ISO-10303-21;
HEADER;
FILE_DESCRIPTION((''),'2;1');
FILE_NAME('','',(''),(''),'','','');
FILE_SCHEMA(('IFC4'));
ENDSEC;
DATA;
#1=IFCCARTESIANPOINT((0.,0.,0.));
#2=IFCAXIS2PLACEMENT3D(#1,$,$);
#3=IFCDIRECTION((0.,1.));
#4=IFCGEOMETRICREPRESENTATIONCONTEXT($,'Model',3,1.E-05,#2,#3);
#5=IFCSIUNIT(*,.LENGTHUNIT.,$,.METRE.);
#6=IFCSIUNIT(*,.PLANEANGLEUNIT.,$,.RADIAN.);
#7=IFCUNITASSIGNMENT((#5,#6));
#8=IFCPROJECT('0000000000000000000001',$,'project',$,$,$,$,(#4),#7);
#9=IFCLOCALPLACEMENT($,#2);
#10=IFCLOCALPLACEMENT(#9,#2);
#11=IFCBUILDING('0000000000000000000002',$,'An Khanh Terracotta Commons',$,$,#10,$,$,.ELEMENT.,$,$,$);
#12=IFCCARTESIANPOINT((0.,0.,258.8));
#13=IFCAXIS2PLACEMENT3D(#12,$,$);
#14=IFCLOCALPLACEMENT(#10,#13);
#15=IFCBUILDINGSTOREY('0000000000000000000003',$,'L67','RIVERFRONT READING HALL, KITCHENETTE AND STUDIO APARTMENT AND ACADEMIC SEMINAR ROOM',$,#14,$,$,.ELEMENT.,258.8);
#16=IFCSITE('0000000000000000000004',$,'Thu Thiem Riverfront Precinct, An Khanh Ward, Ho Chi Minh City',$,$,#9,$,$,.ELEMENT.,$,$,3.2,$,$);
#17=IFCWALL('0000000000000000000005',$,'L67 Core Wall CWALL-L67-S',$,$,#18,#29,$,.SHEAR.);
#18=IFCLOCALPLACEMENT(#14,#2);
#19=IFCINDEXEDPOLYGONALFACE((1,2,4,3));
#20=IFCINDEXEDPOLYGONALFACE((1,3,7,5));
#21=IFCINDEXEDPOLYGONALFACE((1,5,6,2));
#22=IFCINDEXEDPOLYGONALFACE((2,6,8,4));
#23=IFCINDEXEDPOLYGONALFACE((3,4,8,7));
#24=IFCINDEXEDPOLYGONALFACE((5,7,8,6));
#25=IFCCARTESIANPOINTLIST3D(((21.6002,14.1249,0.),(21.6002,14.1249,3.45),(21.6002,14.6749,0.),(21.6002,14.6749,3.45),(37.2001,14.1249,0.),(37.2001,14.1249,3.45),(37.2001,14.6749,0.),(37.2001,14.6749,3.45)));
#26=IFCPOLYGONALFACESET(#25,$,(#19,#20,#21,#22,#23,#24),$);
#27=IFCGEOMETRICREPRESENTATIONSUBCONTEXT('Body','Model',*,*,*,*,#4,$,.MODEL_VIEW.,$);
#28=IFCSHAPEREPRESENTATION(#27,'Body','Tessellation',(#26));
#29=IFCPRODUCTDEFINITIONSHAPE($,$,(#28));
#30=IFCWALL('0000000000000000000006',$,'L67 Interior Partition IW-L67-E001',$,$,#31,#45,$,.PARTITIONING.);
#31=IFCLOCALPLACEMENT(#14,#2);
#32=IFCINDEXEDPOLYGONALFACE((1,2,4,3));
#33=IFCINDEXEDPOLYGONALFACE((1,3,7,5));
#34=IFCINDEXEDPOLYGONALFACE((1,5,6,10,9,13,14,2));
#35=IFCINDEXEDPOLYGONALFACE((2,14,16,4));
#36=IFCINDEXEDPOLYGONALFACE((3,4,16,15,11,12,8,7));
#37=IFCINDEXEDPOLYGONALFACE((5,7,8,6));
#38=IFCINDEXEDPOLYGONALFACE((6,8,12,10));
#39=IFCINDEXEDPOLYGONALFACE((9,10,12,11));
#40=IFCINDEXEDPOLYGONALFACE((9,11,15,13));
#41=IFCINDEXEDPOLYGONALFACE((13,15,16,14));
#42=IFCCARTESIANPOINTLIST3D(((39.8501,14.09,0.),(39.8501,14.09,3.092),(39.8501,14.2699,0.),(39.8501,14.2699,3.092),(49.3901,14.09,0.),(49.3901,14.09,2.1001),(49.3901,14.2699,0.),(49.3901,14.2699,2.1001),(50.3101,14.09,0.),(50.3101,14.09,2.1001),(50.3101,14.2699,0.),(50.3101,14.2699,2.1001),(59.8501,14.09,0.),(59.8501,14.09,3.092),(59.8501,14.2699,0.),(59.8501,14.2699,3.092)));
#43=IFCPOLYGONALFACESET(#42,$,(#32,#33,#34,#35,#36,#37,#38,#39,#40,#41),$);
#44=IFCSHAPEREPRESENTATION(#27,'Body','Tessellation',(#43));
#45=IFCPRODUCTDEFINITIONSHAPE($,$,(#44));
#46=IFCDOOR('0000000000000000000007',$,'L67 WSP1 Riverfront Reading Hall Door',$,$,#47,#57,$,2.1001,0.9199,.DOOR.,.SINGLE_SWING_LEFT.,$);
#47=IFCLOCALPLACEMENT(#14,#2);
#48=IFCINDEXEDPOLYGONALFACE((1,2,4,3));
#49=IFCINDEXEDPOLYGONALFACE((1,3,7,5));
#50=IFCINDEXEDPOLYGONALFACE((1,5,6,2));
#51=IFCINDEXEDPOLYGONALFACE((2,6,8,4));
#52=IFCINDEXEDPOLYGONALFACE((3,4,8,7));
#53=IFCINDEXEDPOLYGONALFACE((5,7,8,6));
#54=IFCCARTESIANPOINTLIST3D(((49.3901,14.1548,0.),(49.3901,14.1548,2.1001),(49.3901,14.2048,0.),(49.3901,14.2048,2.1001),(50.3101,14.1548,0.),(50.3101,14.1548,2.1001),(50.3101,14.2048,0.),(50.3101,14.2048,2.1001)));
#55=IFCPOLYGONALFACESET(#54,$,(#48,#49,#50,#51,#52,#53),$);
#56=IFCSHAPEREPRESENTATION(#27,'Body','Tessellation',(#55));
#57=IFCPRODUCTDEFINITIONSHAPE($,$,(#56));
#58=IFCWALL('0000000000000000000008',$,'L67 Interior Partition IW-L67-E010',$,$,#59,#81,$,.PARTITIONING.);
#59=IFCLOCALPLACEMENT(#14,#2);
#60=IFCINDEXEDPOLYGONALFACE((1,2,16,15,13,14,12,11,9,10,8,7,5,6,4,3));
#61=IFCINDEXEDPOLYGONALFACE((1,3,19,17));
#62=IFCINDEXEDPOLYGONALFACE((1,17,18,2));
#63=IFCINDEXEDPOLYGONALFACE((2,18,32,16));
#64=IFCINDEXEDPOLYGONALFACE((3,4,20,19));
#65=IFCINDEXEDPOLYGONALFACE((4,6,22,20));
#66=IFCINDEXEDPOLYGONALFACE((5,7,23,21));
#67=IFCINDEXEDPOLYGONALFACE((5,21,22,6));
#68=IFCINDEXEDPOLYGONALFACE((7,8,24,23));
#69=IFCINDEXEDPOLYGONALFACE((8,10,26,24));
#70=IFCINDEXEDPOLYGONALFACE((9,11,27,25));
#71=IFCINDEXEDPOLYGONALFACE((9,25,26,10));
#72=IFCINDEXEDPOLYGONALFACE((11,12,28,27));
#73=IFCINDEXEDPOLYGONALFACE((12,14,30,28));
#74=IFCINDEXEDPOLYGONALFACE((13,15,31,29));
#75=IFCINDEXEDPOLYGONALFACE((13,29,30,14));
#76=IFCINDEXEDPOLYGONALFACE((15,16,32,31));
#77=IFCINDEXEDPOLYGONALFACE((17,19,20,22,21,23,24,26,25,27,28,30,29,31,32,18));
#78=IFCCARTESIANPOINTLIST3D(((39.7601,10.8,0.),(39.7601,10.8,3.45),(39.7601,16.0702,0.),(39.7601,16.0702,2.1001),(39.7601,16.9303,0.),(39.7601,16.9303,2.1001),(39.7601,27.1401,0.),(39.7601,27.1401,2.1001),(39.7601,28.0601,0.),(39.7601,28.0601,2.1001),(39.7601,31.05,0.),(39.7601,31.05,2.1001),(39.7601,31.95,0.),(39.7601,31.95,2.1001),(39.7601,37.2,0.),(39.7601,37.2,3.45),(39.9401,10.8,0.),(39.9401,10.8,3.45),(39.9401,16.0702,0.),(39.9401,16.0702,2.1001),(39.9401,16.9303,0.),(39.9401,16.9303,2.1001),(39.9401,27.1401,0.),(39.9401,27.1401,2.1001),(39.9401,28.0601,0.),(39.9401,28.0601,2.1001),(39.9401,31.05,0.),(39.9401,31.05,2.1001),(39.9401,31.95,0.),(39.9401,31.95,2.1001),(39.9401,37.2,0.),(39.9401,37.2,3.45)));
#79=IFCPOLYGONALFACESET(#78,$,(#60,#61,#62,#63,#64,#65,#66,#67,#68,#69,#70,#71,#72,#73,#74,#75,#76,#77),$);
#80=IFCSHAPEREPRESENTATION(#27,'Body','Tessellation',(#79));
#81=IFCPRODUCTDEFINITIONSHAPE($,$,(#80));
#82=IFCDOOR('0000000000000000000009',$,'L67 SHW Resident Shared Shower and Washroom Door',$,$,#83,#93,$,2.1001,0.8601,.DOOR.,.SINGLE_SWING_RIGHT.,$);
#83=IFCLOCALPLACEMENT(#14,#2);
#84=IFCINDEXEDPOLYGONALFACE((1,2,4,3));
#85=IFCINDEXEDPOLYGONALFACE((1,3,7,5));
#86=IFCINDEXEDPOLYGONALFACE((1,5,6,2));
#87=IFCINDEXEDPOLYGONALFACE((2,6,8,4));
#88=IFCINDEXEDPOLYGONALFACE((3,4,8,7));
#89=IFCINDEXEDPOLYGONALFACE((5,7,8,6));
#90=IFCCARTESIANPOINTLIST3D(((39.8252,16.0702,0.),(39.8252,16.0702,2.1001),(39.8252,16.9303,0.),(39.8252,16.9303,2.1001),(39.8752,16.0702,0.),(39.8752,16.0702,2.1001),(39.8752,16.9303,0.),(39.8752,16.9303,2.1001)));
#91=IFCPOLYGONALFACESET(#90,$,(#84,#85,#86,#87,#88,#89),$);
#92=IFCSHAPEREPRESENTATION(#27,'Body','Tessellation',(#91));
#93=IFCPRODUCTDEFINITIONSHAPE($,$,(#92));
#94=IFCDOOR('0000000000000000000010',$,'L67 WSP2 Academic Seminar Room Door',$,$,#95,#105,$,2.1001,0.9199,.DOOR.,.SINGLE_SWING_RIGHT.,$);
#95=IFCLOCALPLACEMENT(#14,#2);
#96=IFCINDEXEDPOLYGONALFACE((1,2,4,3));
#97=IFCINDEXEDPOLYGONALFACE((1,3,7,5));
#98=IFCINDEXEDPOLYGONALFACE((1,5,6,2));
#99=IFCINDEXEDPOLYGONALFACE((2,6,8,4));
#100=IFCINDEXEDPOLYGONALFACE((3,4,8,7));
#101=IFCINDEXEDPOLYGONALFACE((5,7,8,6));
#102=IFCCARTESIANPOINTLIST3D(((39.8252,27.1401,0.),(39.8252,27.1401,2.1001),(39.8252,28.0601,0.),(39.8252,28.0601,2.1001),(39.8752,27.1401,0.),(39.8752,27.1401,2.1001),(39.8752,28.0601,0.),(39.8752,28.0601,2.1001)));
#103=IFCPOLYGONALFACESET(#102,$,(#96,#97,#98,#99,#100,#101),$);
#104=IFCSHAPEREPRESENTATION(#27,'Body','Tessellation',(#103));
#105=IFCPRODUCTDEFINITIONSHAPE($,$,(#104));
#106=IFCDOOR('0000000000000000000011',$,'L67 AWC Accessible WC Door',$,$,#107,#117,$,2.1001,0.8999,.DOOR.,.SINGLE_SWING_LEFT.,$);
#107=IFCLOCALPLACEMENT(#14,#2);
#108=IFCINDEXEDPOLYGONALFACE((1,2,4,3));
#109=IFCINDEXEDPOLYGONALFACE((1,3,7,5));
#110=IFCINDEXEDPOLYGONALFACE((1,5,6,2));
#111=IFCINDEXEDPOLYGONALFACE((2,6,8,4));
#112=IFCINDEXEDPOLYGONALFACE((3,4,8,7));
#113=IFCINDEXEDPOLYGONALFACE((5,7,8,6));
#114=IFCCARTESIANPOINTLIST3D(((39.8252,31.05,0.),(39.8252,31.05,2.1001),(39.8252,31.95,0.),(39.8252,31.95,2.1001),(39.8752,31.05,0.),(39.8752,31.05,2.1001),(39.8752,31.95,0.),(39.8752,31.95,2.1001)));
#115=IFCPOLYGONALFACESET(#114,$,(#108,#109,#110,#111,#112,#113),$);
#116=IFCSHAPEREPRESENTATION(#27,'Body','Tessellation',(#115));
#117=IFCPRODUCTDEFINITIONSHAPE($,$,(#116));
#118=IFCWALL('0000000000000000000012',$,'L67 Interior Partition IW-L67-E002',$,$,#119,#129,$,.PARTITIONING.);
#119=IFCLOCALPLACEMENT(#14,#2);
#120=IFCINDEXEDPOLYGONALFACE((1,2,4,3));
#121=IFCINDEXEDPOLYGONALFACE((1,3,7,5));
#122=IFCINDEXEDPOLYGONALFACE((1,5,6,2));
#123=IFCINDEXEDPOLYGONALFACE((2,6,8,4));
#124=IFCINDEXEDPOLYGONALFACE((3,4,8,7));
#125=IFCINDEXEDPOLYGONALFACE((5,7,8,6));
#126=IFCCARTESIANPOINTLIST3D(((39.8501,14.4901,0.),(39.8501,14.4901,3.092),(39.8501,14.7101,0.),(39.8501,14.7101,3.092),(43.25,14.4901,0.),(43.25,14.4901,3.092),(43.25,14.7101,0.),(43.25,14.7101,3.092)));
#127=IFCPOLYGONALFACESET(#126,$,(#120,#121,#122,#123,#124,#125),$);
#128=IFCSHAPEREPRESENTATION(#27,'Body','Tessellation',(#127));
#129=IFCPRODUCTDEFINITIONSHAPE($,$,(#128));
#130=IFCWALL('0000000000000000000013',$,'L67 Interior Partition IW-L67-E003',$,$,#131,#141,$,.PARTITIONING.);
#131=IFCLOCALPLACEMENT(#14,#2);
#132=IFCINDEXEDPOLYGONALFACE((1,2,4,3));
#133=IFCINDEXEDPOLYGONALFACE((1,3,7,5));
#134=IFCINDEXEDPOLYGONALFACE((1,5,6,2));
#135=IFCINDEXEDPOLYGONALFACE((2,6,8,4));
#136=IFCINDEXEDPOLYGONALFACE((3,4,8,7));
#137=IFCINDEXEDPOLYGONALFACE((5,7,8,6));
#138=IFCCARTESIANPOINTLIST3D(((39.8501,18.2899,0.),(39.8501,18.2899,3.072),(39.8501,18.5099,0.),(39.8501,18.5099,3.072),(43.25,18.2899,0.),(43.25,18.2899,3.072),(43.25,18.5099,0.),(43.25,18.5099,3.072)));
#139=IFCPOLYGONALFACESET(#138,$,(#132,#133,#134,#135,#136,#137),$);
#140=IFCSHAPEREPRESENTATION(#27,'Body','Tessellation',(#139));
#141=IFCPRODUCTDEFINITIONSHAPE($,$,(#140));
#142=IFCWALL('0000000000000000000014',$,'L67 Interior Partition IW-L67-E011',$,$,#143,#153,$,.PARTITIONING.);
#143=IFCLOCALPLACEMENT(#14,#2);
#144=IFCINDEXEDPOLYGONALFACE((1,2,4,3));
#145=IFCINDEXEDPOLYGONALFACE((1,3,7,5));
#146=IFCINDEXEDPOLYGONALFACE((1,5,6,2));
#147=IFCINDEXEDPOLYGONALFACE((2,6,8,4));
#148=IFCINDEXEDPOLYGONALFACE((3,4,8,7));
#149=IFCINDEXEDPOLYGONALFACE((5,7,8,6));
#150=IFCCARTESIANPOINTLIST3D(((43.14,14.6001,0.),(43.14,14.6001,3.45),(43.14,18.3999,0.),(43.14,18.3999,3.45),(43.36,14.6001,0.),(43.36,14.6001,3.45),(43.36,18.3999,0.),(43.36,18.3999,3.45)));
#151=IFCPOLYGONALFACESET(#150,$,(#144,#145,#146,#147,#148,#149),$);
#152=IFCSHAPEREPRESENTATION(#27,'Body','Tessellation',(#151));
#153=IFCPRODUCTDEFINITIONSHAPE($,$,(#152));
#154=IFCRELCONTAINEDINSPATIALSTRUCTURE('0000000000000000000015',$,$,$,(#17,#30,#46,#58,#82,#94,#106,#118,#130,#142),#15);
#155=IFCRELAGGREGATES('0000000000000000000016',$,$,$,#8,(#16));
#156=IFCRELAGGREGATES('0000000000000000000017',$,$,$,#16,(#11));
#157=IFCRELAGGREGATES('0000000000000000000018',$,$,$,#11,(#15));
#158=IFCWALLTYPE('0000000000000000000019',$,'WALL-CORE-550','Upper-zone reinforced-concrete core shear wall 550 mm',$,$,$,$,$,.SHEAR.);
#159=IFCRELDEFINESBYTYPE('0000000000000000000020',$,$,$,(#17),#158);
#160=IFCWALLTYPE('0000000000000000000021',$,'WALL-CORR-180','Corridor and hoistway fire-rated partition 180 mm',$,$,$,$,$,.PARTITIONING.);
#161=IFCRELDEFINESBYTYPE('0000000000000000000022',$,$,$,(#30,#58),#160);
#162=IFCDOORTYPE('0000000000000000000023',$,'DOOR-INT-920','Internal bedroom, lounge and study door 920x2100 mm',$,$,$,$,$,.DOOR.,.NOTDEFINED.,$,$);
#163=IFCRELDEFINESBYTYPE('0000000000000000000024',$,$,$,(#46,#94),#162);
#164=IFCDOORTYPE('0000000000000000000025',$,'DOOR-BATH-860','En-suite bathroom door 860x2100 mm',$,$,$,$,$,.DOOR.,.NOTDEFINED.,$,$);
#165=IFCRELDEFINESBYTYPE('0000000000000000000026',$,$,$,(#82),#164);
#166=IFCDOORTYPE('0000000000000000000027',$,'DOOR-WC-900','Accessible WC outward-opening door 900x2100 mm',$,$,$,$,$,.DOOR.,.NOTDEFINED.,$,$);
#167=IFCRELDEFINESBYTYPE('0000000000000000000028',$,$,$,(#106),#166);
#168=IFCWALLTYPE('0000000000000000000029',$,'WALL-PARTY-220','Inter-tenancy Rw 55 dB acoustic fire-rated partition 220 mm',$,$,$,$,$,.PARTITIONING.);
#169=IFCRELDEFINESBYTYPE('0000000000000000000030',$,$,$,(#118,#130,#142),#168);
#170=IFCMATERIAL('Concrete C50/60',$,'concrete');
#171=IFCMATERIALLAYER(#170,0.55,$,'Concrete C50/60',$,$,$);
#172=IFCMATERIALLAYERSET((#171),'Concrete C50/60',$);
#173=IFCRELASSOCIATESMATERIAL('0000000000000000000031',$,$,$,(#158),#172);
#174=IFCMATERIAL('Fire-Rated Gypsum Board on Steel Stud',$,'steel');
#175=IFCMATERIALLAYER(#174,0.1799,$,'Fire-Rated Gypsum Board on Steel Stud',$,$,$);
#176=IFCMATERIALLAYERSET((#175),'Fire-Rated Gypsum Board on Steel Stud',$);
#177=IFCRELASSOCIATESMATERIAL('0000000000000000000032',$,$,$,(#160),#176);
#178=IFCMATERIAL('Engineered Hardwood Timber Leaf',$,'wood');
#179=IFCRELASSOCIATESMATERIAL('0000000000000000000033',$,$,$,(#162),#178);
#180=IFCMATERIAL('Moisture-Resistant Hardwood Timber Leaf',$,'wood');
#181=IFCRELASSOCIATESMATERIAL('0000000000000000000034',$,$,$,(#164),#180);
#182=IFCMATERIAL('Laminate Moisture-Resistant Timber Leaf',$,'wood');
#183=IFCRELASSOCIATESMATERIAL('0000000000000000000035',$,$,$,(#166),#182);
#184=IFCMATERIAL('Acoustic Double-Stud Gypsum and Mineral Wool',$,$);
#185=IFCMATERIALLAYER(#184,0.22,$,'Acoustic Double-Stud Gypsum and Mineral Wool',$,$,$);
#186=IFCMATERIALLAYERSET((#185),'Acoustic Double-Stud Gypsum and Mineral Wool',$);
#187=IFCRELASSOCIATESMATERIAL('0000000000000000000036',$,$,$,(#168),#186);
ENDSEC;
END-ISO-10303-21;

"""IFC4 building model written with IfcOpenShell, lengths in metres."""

from ifc_helpers import new_model, si_unit, direction, frame, frame_2d, origin, place, context, subcontext, project, spatial, rectangle, extrude, material, layer, layer_set, type_object, element, fill, save


model = new_model("IFC4")

# Units and contexts
model_context = context("Model", 3, precision=1e-05, world=origin(), true_north=direction((0.0, 1.0)))
body_context = subcontext(model_context, "Body", "Model", "MODEL_VIEW")
ifc_project = project(units=[si_unit("LENGTHUNIT", "METRE"), si_unit("PLANEANGLEUNIT", "RADIAN")], contexts=[model_context])

# Site, building, storey
site_placement = place(None, origin())
site = spatial("IfcSite", under=ifc_project, at=site_placement, Name="Thu Thiem Riverfront Precinct, An Khanh Ward, Ho Chi Minh City", CompositionType="ELEMENT", RefElevation=3.2)
building_placement = place(site_placement, origin())
building = spatial("IfcBuilding", under=site, at=building_placement, Name="An Khanh Terracotta Commons", CompositionType="ELEMENT")
storey_placement = place(building_placement, frame((0.0, 0.0, 258.8)))
storey = spatial("IfcBuildingStorey", under=building, at=storey_placement, Name="L67", Description="RIVERFRONT READING HALL, KITCHENETTE AND STUDIO APARTMENT AND ACADEMIC SEMINAR ROOM", CompositionType="ELEMENT", Elevation=258.8)

# Shared definitions
ifc_material_1 = material(Name="Concrete C50/60", Category="concrete")

# Wall
ifc_layer_1 = layer(ifc_material_1, 0.55, Name="Concrete C50/60")
ifc_layer_set_1 = layer_set([ifc_layer_1], Name="Concrete C50/60")
wall_type_1 = type_object("IfcWallType", Name="WALL-CORE-550", Description="Upper-zone reinforced-concrete core shear wall 550 mm", PredefinedType="SHEAR", material=ifc_layer_set_1)
wall_1_placement = place(storey_placement, frame((37.2, 14.3999, 0.0), z_axis=(0.0, 0.0, 1.0), x_axis=(-1.0, 0.0, 0.0)))
element("IfcWall", 1, at=wall_1_placement, inside=storey, type_object=wall_type_1, Name="L67 Core Wall CWALL-L67-S", PredefinedType="SHEAR", context=body_context, shape_type="SweptSolid", body=[
    extrude(rectangle(XDim=15.5999, YDim=0.55, at=frame_2d((7.7998, 0.0))), origin(), (0.0, 0.0, 1.0), 3.45),
])

# Wall, opening, door
ifc_material_2 = material(Name="Fire-Rated Gypsum Board on Steel Stud", Category="steel")
ifc_layer_2 = layer(ifc_material_2, 0.1799, Name="Fire-Rated Gypsum Board on Steel Stud")
ifc_layer_set_2 = layer_set([ifc_layer_2], Name="Fire-Rated Gypsum Board on Steel Stud")
wall_type_2 = type_object("IfcWallType", Name="WALL-CORR-180", Description="Corridor and hoistway fire-rated partition 180 mm", PredefinedType="PARTITIONING", material=ifc_layer_set_2)
wall_2_placement = place(storey_placement, frame((39.8501, 14.1799, 0.0), z_axis=(0.0, 0.0, 1.0), x_axis=(1.0, 0.0, 0.0)))
wall_2 = element("IfcWall", 2, at=wall_2_placement, inside=storey, type_object=wall_type_2, Name="L67 Interior Partition IW-L67-E001", PredefinedType="PARTITIONING", context=body_context, shape_type="SweptSolid", body=[
    extrude(rectangle(XDim=20.0, YDim=0.1799, at=frame_2d((10.0, 0.0))), origin(), (0.0, 0.0, 1.0), 3.092),
])
opening_1_placement = place(wall_2_placement, frame((9.54, 0.0, 0.0)))
opening_1 = element("IfcOpeningElement", 3, at=opening_1_placement, cuts=wall_2, PredefinedType="OPENING", context=body_context, shape_type="SweptSolid", body=[
    extrude(rectangle(XDim=0.9199, YDim=2.1001, at=frame_2d((0.46, 1.05))), frame((0.0, 0.0999, 0.0), z_axis=(0.0, -1.0, 0.0), x_axis=(1.0, 0.0, 0.0)), (0.0, 0.0, 1.0), 0.2),
])
ifc_material_3 = material(Name="Engineered Hardwood Timber Leaf", Category="wood")
door_type_1 = type_object("IfcDoorType", Name="DOOR-INT-920", Description="Internal bedroom, lounge and study door 920x2100 mm", OperationType="NOTDEFINED", PredefinedType="DOOR", material=ifc_material_3)
door_1_placement = place(opening_1_placement, origin())
door_1 = element("IfcDoor", 4, at=door_1_placement, inside=storey, type_object=door_type_1, Name="L67 WSP1 Riverfront Reading Hall Door", OperationType="SINGLE_SWING_LEFT", OverallHeight=2.1001, OverallWidth=0.9199, PredefinedType="DOOR", context=body_context, shape_type="SweptSolid", body=[
    extrude(rectangle(XDim=0.9199, YDim=2.1001, at=frame_2d((0.46, 1.05))), frame((0.0, 0.0249, 0.0), z_axis=(0.0, -1.0, 0.0), x_axis=(1.0, 0.0, 0.0)), (0.0, 0.0, 1.0), 0.05),
])
fill(opening_1, door_1)

# Wall, openings, doors
wall_3_placement = place(storey_placement, frame((39.8501, 10.8, 0.0), z_axis=(0.0, 0.0, 1.0), x_axis=(0.0, 1.0, 0.0)))
wall_3 = element("IfcWall", 5, at=wall_3_placement, inside=storey, type_object=wall_type_2, Name="L67 Interior Partition IW-L67-E010", PredefinedType="PARTITIONING", context=body_context, shape_type="SweptSolid", body=[
    extrude(rectangle(XDim=26.3999, YDim=0.1799, at=frame_2d((13.2, 0.0))), origin(), (0.0, 0.0, 1.0), 3.45),
])
opening_2_placement = place(wall_3_placement, frame((20.25, 0.0, 0.0)))
opening_2 = element("IfcOpeningElement", 6, at=opening_2_placement, cuts=wall_3, PredefinedType="OPENING", context=body_context, shape_type="SweptSolid", body=[
    extrude(rectangle(XDim=0.8999, YDim=2.1001, at=frame_2d((0.45, 1.05))), frame((0.0, 0.0999, 0.0), z_axis=(0.0, -1.0, 0.0), x_axis=(1.0, 0.0, 0.0)), (0.0, 0.0, 1.0), 0.2),
])
opening_3_placement = place(wall_3_placement, frame((5.27, 0.0, 0.0)))
opening_3 = element("IfcOpeningElement", 7, at=opening_3_placement, cuts=wall_3, PredefinedType="OPENING", context=body_context, shape_type="SweptSolid", body=[
    extrude(rectangle(XDim=0.8601, YDim=2.1001, at=frame_2d((0.4302, 1.05))), frame((0.0, 0.0999, 0.0), z_axis=(0.0, -1.0, 0.0), x_axis=(1.0, 0.0, 0.0)), (0.0, 0.0, 1.0), 0.2),
])
opening_4_placement = place(wall_3_placement, frame((16.3401, 0.0, 0.0)))
opening_4 = element("IfcOpeningElement", 8, at=opening_4_placement, cuts=wall_3, PredefinedType="OPENING", context=body_context, shape_type="SweptSolid", body=[
    extrude(rectangle(XDim=0.9199, YDim=2.1001, at=frame_2d((0.46, 1.05))), frame((0.0, 0.0999, 0.0), z_axis=(0.0, -1.0, 0.0), x_axis=(1.0, 0.0, 0.0)), (0.0, 0.0, 1.0), 0.2),
])
ifc_material_4 = material(Name="Moisture-Resistant Hardwood Timber Leaf", Category="wood")
door_type_2 = type_object("IfcDoorType", Name="DOOR-BATH-860", Description="En-suite bathroom door 860x2100 mm", OperationType="NOTDEFINED", PredefinedType="DOOR", material=ifc_material_4)
door_2_placement = place(opening_3_placement, origin())
door_2 = element("IfcDoor", 9, at=door_2_placement, inside=storey, type_object=door_type_2, Name="L67 SHW Resident Shared Shower and Washroom Door", OperationType="SINGLE_SWING_RIGHT", OverallHeight=2.1001, OverallWidth=0.8601, PredefinedType="DOOR", context=body_context, shape_type="SweptSolid", body=[
    extrude(rectangle(XDim=0.8601, YDim=2.1001, at=frame_2d((0.4302, 1.05))), frame((0.0, 0.0249, 0.0), z_axis=(0.0, -1.0, 0.0), x_axis=(1.0, 0.0, 0.0)), (0.0, 0.0, 1.0), 0.05),
])
fill(opening_3, door_2)
door_3_placement = place(opening_4_placement, origin())
door_3 = element("IfcDoor", 10, at=door_3_placement, inside=storey, type_object=door_type_1, Name="L67 WSP2 Academic Seminar Room Door", OperationType="SINGLE_SWING_RIGHT", OverallHeight=2.1001, OverallWidth=0.9199, PredefinedType="DOOR", context=body_context, shape_type="SweptSolid", body=[
    extrude(rectangle(XDim=0.9199, YDim=2.1001, at=frame_2d((0.46, 1.05))), frame((0.0, 0.0249, 0.0), z_axis=(0.0, -1.0, 0.0), x_axis=(1.0, 0.0, 0.0)), (0.0, 0.0, 1.0), 0.05),
])
fill(opening_4, door_3)
ifc_material_5 = material(Name="Laminate Moisture-Resistant Timber Leaf", Category="wood")
door_type_3 = type_object("IfcDoorType", Name="DOOR-WC-900", Description="Accessible WC outward-opening door 900x2100 mm", OperationType="NOTDEFINED", PredefinedType="DOOR", material=ifc_material_5)
door_4_placement = place(opening_2_placement, origin())
door_4 = element("IfcDoor", 11, at=door_4_placement, inside=storey, type_object=door_type_3, Name="L67 AWC Accessible WC Door", OperationType="SINGLE_SWING_LEFT", OverallHeight=2.1001, OverallWidth=0.8999, PredefinedType="DOOR", context=body_context, shape_type="SweptSolid", body=[
    extrude(rectangle(XDim=0.8999, YDim=2.1001, at=frame_2d((0.45, 1.05))), frame((0.0, 0.0249, 0.0), z_axis=(0.0, -1.0, 0.0), x_axis=(1.0, 0.0, 0.0)), (0.0, 0.0, 1.0), 0.05),
])
fill(opening_2, door_4)

# Walls
ifc_material_6 = material(Name="Acoustic Double-Stud Gypsum and Mineral Wool")
ifc_layer_3 = layer(ifc_material_6, 0.22, Name="Acoustic Double-Stud Gypsum and Mineral Wool")
ifc_layer_set_3 = layer_set([ifc_layer_3], Name="Acoustic Double-Stud Gypsum and Mineral Wool")
wall_type_3 = type_object("IfcWallType", Name="WALL-PARTY-220", Description="Inter-tenancy Rw 55 dB acoustic fire-rated partition 220 mm", PredefinedType="PARTITIONING", material=ifc_layer_set_3)
wall_4_placement = place(storey_placement, frame((39.8501, 14.6001, 0.0), z_axis=(0.0, 0.0, 1.0), x_axis=(1.0, 0.0, 0.0)))
element("IfcWall", 12, at=wall_4_placement, inside=storey, type_object=wall_type_3, Name="L67 Interior Partition IW-L67-E002", PredefinedType="PARTITIONING", context=body_context, shape_type="SweptSolid", body=[
    extrude(rectangle(XDim=3.3999, YDim=0.22, at=frame_2d((1.7, 0.0))), origin(), (0.0, 0.0, 1.0), 3.092),
])
wall_5_placement = place(storey_placement, frame((39.8501, 18.3999, 0.0), z_axis=(0.0, 0.0, 1.0), x_axis=(1.0, 0.0, 0.0)))
element("IfcWall", 13, at=wall_5_placement, inside=storey, type_object=wall_type_3, Name="L67 Interior Partition IW-L67-E003", PredefinedType="PARTITIONING", context=body_context, shape_type="SweptSolid", body=[
    extrude(rectangle(XDim=3.3999, YDim=0.22, at=frame_2d((1.7, 0.0))), origin(), (0.0, 0.0, 1.0), 3.072),
])
wall_6_placement = place(storey_placement, frame((43.25, 14.6001, 0.0), z_axis=(0.0, 0.0, 1.0), x_axis=(0.0, 1.0, 0.0)))
element("IfcWall", 14, at=wall_6_placement, inside=storey, type_object=wall_type_3, Name="L67 Interior Partition IW-L67-E011", PredefinedType="PARTITIONING", context=body_context, shape_type="SweptSolid", body=[
    extrude(rectangle(XDim=3.7998, YDim=0.22, at=frame_2d((1.8999, 0.0))), origin(), (0.0, 0.0, 1.0), 3.45),
])

save(model, "model.ifc")
